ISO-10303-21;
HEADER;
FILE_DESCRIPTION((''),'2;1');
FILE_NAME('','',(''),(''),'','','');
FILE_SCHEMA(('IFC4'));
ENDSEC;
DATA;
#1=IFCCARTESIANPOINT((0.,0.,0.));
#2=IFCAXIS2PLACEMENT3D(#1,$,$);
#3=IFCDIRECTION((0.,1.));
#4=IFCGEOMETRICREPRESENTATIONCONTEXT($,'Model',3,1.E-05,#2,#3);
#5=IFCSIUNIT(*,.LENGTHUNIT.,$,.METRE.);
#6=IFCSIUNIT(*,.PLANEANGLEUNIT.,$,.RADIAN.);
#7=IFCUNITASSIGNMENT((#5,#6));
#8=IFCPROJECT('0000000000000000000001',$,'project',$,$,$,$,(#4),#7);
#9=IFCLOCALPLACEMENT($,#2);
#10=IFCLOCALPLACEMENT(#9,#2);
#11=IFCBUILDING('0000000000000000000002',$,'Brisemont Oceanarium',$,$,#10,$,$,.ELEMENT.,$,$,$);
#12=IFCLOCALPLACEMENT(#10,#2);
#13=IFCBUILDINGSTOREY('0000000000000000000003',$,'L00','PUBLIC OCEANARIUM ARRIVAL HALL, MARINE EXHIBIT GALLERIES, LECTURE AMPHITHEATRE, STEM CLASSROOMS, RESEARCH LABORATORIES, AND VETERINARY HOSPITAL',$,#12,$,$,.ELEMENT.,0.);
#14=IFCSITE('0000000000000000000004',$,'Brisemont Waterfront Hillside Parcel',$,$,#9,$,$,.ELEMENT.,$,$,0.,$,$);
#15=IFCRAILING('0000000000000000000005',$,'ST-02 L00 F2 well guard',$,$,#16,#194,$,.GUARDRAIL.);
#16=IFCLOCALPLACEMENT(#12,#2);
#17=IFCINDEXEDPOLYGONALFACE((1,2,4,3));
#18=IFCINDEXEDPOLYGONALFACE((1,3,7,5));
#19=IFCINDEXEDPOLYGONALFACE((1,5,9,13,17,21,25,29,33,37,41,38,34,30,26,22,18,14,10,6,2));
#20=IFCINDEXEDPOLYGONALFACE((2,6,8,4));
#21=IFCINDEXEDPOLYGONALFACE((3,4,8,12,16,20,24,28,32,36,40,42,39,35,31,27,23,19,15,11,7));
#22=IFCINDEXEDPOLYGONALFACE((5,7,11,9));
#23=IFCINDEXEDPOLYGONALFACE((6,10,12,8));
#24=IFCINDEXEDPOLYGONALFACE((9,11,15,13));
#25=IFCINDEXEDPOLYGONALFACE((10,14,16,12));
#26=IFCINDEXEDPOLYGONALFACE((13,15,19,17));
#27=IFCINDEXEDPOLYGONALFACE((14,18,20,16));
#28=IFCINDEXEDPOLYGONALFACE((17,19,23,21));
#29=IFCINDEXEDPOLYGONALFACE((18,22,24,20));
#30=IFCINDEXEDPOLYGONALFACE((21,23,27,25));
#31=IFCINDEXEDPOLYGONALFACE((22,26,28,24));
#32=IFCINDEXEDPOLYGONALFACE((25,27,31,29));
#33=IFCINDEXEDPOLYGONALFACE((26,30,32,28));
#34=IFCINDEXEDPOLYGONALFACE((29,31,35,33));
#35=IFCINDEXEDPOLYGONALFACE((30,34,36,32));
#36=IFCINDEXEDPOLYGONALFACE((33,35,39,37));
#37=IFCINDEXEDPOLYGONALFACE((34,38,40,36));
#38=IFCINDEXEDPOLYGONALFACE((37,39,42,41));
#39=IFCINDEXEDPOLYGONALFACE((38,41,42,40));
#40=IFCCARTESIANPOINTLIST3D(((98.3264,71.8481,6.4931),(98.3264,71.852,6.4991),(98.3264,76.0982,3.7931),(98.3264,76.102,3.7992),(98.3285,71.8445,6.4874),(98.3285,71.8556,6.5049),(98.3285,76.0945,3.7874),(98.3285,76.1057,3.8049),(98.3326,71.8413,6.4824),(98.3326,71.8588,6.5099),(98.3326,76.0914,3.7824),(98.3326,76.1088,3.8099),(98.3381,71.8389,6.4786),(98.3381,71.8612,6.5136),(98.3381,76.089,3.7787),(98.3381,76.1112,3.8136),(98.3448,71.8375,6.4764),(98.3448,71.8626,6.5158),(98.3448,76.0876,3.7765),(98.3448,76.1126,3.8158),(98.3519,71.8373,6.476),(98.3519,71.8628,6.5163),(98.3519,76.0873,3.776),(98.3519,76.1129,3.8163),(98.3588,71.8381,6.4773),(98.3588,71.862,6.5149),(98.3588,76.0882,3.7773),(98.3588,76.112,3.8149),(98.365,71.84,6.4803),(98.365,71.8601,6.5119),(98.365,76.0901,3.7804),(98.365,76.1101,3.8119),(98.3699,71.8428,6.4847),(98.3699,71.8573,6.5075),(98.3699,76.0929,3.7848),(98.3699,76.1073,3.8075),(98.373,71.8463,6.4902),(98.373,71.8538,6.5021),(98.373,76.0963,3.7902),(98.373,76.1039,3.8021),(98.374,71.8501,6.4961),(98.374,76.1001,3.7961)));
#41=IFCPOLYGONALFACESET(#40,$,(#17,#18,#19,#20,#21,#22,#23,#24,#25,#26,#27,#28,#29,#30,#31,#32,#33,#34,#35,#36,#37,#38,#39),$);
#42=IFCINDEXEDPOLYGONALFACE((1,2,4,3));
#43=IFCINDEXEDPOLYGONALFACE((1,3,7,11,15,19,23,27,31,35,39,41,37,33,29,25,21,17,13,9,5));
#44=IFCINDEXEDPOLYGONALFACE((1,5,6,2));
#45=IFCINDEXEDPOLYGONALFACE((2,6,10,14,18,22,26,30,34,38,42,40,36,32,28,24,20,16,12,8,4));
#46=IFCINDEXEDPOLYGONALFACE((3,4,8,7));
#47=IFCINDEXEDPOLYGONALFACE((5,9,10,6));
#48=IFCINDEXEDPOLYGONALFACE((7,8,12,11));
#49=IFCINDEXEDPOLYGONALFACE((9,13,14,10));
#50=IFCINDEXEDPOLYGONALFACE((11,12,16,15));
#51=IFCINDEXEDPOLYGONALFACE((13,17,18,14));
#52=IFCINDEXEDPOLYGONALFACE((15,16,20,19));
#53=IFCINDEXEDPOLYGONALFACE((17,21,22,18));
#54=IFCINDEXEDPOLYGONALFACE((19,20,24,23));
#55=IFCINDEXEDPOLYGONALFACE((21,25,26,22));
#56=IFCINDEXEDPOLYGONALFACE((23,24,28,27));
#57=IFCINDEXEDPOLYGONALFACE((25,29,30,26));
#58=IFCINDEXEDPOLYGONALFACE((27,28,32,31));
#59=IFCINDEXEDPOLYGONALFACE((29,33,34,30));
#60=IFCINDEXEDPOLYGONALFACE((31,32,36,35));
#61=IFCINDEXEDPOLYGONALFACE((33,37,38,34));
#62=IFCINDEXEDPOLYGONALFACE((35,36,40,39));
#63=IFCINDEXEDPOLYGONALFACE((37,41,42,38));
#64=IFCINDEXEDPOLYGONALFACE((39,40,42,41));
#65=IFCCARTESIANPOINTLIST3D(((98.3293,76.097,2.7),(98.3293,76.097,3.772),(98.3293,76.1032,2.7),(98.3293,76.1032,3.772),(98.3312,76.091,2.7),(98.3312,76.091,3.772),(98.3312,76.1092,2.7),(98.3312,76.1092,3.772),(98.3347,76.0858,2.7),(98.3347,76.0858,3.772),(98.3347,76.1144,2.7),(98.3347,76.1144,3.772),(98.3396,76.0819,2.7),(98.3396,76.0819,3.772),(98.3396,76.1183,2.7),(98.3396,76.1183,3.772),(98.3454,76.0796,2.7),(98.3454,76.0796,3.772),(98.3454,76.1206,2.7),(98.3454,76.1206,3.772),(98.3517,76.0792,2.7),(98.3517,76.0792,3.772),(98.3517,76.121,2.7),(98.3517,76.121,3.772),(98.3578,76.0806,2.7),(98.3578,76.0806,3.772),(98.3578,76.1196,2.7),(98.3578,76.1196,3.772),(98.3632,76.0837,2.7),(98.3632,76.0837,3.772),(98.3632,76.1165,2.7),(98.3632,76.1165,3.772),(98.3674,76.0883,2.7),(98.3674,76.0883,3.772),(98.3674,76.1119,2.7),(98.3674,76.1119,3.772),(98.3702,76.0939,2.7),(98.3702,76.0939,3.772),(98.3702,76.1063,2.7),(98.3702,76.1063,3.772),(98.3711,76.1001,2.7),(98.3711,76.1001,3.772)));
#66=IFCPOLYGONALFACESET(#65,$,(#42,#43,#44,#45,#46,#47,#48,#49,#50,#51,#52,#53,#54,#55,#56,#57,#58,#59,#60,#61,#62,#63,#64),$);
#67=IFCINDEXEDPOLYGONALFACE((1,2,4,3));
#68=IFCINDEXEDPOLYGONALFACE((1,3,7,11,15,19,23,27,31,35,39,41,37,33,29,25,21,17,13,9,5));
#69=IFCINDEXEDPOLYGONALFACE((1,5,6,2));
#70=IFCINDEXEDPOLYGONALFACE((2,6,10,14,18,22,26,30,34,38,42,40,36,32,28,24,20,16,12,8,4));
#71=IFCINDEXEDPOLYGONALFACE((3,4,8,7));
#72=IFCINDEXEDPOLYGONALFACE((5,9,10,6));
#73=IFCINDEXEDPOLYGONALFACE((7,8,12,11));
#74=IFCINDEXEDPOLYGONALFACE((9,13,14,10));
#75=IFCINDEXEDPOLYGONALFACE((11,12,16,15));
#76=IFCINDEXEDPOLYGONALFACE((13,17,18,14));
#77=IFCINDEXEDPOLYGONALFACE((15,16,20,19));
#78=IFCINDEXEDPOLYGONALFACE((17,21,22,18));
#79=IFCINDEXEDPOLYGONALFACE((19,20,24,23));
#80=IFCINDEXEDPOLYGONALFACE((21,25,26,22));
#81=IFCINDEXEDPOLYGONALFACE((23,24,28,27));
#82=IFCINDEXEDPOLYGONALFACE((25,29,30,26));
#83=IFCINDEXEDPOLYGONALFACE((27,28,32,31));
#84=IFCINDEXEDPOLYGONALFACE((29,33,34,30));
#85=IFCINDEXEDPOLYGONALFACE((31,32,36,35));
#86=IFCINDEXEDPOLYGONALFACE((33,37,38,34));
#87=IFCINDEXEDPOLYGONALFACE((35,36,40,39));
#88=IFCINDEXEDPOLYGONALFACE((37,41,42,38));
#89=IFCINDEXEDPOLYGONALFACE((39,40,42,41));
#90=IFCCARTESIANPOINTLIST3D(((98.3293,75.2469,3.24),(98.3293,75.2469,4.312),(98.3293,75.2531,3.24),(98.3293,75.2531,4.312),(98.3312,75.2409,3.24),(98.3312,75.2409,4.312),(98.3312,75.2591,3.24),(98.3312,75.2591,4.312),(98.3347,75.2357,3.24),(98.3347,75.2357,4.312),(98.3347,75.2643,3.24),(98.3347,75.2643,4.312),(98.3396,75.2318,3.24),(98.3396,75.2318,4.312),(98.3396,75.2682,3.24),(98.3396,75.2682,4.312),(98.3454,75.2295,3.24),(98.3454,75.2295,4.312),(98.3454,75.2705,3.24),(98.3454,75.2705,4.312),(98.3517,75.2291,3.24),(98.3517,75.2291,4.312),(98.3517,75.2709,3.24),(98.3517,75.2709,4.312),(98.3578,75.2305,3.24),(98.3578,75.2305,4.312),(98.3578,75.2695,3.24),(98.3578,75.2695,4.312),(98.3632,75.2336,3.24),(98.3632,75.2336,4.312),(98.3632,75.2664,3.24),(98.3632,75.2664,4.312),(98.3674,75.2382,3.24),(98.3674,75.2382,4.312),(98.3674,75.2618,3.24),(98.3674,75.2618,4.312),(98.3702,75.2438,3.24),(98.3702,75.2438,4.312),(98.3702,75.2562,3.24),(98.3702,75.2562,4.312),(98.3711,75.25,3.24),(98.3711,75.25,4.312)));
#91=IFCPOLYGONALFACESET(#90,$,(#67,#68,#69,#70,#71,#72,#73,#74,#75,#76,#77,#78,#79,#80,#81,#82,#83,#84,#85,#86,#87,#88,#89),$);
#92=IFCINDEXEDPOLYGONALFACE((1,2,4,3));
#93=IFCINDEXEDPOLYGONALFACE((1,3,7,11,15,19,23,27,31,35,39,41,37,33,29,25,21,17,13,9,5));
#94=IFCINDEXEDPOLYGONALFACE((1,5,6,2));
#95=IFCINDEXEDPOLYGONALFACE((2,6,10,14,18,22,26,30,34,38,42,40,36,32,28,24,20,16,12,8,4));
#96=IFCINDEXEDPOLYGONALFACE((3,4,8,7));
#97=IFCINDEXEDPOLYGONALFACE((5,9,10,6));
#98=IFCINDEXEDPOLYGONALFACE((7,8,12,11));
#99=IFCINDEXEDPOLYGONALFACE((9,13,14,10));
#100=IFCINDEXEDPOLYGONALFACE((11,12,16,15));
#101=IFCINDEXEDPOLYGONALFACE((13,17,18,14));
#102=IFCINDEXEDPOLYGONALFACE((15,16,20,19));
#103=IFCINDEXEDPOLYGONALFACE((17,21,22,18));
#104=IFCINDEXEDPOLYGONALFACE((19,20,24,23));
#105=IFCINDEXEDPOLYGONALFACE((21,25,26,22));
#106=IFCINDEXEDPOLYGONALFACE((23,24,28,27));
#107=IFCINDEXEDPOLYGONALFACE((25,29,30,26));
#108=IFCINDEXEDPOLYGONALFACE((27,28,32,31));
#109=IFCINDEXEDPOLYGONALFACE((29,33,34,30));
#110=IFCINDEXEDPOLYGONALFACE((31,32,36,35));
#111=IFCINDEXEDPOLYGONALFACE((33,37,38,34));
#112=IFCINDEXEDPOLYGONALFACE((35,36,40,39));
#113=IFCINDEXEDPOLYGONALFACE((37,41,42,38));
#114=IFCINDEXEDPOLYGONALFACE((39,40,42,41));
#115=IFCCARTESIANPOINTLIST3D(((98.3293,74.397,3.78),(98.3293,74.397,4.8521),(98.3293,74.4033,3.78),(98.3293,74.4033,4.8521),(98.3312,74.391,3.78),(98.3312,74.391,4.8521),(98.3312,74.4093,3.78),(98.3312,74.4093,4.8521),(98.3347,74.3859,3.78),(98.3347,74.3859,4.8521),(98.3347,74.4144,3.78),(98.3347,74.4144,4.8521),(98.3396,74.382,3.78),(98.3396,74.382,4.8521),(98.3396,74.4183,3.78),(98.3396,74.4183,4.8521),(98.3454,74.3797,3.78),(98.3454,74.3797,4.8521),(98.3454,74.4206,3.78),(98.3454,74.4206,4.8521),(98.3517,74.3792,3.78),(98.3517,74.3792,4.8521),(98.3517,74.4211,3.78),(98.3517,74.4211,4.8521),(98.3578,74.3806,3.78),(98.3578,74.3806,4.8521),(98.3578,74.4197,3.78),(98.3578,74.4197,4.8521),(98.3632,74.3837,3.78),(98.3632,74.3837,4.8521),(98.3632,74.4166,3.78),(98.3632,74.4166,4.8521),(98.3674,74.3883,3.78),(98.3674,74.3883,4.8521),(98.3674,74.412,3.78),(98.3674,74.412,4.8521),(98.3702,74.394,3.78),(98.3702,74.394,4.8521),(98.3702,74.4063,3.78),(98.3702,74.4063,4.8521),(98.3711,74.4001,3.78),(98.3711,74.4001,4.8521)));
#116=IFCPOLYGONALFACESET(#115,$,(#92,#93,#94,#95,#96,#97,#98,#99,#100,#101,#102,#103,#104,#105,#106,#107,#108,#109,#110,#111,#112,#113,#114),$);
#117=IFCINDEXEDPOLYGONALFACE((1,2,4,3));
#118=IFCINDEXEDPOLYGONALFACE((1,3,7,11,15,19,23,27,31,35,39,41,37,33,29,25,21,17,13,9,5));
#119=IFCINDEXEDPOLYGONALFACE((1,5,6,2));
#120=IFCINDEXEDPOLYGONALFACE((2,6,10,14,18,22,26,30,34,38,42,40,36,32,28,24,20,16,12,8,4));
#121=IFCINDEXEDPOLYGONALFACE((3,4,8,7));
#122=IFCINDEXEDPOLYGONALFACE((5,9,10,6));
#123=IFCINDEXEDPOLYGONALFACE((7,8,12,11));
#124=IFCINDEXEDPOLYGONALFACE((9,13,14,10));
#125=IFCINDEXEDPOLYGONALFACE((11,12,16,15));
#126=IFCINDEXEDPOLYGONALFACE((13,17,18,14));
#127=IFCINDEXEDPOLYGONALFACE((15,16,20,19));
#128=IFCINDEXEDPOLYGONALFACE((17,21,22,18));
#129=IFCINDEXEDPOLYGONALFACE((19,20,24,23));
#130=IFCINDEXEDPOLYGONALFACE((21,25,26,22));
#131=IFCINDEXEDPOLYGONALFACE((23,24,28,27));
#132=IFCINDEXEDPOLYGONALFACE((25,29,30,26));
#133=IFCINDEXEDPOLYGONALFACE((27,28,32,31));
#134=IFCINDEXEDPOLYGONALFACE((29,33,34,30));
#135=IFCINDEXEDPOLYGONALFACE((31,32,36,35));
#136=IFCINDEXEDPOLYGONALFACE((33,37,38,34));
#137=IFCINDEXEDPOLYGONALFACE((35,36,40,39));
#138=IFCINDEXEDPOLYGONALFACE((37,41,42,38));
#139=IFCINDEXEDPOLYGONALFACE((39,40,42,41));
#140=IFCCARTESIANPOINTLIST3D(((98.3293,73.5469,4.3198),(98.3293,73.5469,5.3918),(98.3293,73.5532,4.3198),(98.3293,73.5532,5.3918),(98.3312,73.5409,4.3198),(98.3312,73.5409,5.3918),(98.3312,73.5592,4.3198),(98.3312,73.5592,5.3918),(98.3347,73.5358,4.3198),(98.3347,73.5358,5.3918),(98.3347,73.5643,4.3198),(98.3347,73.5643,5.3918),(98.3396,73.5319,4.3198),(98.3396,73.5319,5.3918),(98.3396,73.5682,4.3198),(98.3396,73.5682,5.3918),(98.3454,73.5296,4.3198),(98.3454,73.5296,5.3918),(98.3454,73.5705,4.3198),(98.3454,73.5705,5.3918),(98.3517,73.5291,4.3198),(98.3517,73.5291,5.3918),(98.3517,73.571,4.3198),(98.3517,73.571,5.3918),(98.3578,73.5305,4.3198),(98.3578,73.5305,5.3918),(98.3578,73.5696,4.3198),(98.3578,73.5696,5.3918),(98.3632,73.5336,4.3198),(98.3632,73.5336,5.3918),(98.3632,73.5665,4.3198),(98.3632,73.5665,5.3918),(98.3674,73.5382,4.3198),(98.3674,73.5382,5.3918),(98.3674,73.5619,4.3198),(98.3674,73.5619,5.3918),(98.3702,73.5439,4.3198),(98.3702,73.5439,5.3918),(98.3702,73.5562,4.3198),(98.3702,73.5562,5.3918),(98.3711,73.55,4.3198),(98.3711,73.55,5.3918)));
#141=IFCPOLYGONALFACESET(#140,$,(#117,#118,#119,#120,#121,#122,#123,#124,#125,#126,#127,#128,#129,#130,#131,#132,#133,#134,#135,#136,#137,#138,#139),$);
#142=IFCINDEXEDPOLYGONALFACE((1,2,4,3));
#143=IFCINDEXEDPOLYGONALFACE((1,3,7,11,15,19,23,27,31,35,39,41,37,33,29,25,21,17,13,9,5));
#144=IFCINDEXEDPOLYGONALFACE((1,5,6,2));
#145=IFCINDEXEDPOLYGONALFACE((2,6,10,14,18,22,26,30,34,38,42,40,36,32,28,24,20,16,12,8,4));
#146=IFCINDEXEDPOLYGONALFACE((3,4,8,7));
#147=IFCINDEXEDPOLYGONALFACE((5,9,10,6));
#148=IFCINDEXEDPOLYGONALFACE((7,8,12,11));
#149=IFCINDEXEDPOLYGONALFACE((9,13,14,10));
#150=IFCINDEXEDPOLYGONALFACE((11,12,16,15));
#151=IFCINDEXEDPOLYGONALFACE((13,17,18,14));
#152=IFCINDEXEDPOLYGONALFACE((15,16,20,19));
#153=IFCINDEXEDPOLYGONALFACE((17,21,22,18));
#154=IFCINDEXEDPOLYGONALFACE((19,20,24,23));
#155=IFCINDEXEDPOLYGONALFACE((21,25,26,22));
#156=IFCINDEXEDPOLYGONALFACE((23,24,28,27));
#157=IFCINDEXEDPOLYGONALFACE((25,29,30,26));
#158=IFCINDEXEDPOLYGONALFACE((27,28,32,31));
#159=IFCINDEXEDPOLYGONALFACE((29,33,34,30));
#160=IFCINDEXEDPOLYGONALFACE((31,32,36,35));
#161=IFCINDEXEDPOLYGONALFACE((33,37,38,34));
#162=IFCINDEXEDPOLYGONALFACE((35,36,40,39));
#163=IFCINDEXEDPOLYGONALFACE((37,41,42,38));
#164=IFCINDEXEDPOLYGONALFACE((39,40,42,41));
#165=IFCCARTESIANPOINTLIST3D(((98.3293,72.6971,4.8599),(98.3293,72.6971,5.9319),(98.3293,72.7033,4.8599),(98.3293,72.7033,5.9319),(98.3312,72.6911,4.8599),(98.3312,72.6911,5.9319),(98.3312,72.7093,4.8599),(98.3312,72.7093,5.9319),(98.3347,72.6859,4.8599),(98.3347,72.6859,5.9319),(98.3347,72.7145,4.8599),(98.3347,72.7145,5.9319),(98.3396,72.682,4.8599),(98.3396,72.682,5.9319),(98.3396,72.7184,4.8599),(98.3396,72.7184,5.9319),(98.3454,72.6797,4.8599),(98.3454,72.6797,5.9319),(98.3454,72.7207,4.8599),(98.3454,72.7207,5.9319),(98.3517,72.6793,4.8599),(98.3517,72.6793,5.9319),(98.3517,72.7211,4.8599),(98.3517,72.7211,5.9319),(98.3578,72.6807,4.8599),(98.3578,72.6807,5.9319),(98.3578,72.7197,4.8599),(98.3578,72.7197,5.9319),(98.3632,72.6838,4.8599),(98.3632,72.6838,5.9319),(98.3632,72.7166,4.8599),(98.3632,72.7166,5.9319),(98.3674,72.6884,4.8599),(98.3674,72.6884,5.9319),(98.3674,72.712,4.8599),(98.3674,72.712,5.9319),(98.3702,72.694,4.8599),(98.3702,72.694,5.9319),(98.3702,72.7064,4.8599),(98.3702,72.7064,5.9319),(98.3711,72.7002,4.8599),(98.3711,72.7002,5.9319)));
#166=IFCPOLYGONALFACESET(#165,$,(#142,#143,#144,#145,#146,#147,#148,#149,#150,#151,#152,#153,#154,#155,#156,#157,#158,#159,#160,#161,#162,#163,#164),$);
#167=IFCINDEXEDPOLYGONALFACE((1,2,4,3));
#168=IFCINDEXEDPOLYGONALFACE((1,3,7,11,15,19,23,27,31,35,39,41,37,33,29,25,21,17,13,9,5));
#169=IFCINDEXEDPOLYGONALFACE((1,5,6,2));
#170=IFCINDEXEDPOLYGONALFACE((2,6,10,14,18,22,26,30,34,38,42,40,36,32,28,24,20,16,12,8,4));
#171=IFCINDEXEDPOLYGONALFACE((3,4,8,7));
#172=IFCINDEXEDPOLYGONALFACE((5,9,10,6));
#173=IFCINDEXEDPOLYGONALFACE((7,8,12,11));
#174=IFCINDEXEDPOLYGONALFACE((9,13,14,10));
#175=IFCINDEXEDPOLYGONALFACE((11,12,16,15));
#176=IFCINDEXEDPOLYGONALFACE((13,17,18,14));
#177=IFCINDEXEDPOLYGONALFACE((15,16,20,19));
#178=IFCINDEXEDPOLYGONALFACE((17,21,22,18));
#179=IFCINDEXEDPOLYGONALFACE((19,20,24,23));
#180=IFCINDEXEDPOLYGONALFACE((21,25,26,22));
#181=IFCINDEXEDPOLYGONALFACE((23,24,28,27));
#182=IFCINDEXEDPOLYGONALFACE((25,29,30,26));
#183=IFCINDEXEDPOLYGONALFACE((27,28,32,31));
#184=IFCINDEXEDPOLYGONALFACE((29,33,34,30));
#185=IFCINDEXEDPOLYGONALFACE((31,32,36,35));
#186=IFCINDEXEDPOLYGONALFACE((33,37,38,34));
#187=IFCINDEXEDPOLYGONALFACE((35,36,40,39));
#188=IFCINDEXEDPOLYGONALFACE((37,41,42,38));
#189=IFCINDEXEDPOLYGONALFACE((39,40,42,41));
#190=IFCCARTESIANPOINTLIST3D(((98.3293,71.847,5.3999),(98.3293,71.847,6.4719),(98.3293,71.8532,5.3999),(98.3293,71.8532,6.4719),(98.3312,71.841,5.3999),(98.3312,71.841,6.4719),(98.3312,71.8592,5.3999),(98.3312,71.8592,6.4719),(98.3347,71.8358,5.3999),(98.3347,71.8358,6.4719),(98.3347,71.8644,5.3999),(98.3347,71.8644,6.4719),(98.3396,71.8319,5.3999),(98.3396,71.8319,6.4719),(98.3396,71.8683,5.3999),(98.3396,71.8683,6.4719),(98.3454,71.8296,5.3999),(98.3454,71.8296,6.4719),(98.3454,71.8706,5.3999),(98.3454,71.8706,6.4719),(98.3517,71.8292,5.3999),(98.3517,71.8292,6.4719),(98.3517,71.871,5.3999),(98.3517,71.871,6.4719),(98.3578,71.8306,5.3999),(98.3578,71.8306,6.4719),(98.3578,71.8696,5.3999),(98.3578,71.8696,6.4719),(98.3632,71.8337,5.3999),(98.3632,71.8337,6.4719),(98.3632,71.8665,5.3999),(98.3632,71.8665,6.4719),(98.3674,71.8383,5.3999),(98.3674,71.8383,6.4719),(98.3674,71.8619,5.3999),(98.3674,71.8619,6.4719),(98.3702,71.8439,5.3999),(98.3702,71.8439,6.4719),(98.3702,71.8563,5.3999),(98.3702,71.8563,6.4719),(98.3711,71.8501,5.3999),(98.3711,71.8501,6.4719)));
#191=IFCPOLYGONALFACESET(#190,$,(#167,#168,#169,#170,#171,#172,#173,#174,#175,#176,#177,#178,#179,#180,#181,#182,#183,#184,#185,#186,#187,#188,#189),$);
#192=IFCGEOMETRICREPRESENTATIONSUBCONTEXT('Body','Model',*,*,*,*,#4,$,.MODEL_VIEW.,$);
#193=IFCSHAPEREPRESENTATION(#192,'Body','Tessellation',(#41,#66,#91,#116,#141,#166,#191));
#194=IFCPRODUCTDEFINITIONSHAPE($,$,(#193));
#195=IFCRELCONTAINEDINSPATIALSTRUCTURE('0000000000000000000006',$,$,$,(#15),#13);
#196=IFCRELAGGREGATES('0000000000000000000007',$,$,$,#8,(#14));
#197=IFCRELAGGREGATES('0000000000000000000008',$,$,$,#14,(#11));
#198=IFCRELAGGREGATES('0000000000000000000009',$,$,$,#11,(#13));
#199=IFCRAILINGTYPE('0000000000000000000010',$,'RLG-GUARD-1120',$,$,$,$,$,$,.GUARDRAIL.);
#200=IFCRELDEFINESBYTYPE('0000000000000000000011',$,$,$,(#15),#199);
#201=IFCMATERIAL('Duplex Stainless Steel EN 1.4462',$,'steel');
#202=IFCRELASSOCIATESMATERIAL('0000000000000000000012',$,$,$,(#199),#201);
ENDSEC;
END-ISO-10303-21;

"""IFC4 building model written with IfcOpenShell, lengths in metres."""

from ifc_helpers import new_model, si_unit, direction, frame, origin, origin_2d, place, context, subcontext, project, spatial, circle, extrude, material, type_object, element, save


model = new_model("IFC4")

# Units and contexts
model_context = context("Model", 3, precision=1e-05, world=origin(), true_north=direction((0.0, 1.0)))
body_context = subcontext(model_context, "Body", "Model", "MODEL_VIEW")
ifc_project = project(units=[si_unit("LENGTHUNIT", "METRE"), si_unit("PLANEANGLEUNIT", "RADIAN")], contexts=[model_context])

# Site, building, storey
site_placement = place(None, origin())
site = spatial("IfcSite", under=ifc_project, at=site_placement, Name="Brisemont Waterfront Hillside Parcel", CompositionType="ELEMENT", RefElevation=0.0)
building_placement = place(site_placement, origin())
building = spatial("IfcBuilding", under=site, at=building_placement, Name="Brisemont Oceanarium", CompositionType="ELEMENT")
storey_placement = place(building_placement, origin())
storey = spatial("IfcBuildingStorey", under=building, at=storey_placement, Name="L00", Description="PUBLIC OCEANARIUM ARRIVAL HALL, MARINE EXHIBIT GALLERIES, LECTURE AMPHITHEATRE, STEM CLASSROOMS, RESEARCH LABORATORIES, AND VETERINARY HOSPITAL", CompositionType="ELEMENT", Elevation=0.0)

# Railing
ifc_material_1 = material(Name="Duplex Stainless Steel EN 1.4462", Category="steel")
railing_type_1 = type_object("IfcRailingType", Name="RLG-GUARD-1120", PredefinedType="GUARDRAIL", material=ifc_material_1)
railing_1_placement = place(storey_placement, frame((98.3501, 76.1001, 2.7)))
element("IfcRailing", 1, at=railing_1_placement, inside=storey, type_object=railing_type_1, Name="ST-02 L00 F2 well guard", PredefinedType="GUARDRAIL", context=body_context, shape_type="SweptSolid", body=[
    extrude(circle(Radius=0.0239, at=origin_2d()), frame((0.0, 0.0, 1.0962), z_axis=(0.0, -0.844075, 0.536226), x_axis=(1.0, 0.0, 0.0)), (0.0, 0.0, 1.0), 5.0352),
    extrude(circle(Radius=0.021, at=origin_2d()), origin(), (0.0, 0.0, 1.0), 1.072),
    extrude(circle(Radius=0.021, at=origin_2d()), frame((0.0, -0.8501, 0.54)), (0.0, 0.0, 1.0), 1.072),
    extrude(circle(Radius=0.021, at=origin_2d()), frame((0.0, -1.7, 1.0801)), (0.0, 0.0, 1.0), 1.072),
    extrude(circle(Radius=0.021, at=origin_2d()), frame((0.0, -2.55, 1.6199)), (0.0, 0.0, 1.0), 1.072),
    extrude(circle(Radius=0.021, at=origin_2d()), frame((0.0, -3.3999, 2.1599)), (0.0, 0.0, 1.0), 1.072),
    extrude(circle(Radius=0.021, at=origin_2d()), frame((0.0, -4.25, 2.7)), (0.0, 0.0, 1.0), 1.072),
])

save(model, "model.ifc")
